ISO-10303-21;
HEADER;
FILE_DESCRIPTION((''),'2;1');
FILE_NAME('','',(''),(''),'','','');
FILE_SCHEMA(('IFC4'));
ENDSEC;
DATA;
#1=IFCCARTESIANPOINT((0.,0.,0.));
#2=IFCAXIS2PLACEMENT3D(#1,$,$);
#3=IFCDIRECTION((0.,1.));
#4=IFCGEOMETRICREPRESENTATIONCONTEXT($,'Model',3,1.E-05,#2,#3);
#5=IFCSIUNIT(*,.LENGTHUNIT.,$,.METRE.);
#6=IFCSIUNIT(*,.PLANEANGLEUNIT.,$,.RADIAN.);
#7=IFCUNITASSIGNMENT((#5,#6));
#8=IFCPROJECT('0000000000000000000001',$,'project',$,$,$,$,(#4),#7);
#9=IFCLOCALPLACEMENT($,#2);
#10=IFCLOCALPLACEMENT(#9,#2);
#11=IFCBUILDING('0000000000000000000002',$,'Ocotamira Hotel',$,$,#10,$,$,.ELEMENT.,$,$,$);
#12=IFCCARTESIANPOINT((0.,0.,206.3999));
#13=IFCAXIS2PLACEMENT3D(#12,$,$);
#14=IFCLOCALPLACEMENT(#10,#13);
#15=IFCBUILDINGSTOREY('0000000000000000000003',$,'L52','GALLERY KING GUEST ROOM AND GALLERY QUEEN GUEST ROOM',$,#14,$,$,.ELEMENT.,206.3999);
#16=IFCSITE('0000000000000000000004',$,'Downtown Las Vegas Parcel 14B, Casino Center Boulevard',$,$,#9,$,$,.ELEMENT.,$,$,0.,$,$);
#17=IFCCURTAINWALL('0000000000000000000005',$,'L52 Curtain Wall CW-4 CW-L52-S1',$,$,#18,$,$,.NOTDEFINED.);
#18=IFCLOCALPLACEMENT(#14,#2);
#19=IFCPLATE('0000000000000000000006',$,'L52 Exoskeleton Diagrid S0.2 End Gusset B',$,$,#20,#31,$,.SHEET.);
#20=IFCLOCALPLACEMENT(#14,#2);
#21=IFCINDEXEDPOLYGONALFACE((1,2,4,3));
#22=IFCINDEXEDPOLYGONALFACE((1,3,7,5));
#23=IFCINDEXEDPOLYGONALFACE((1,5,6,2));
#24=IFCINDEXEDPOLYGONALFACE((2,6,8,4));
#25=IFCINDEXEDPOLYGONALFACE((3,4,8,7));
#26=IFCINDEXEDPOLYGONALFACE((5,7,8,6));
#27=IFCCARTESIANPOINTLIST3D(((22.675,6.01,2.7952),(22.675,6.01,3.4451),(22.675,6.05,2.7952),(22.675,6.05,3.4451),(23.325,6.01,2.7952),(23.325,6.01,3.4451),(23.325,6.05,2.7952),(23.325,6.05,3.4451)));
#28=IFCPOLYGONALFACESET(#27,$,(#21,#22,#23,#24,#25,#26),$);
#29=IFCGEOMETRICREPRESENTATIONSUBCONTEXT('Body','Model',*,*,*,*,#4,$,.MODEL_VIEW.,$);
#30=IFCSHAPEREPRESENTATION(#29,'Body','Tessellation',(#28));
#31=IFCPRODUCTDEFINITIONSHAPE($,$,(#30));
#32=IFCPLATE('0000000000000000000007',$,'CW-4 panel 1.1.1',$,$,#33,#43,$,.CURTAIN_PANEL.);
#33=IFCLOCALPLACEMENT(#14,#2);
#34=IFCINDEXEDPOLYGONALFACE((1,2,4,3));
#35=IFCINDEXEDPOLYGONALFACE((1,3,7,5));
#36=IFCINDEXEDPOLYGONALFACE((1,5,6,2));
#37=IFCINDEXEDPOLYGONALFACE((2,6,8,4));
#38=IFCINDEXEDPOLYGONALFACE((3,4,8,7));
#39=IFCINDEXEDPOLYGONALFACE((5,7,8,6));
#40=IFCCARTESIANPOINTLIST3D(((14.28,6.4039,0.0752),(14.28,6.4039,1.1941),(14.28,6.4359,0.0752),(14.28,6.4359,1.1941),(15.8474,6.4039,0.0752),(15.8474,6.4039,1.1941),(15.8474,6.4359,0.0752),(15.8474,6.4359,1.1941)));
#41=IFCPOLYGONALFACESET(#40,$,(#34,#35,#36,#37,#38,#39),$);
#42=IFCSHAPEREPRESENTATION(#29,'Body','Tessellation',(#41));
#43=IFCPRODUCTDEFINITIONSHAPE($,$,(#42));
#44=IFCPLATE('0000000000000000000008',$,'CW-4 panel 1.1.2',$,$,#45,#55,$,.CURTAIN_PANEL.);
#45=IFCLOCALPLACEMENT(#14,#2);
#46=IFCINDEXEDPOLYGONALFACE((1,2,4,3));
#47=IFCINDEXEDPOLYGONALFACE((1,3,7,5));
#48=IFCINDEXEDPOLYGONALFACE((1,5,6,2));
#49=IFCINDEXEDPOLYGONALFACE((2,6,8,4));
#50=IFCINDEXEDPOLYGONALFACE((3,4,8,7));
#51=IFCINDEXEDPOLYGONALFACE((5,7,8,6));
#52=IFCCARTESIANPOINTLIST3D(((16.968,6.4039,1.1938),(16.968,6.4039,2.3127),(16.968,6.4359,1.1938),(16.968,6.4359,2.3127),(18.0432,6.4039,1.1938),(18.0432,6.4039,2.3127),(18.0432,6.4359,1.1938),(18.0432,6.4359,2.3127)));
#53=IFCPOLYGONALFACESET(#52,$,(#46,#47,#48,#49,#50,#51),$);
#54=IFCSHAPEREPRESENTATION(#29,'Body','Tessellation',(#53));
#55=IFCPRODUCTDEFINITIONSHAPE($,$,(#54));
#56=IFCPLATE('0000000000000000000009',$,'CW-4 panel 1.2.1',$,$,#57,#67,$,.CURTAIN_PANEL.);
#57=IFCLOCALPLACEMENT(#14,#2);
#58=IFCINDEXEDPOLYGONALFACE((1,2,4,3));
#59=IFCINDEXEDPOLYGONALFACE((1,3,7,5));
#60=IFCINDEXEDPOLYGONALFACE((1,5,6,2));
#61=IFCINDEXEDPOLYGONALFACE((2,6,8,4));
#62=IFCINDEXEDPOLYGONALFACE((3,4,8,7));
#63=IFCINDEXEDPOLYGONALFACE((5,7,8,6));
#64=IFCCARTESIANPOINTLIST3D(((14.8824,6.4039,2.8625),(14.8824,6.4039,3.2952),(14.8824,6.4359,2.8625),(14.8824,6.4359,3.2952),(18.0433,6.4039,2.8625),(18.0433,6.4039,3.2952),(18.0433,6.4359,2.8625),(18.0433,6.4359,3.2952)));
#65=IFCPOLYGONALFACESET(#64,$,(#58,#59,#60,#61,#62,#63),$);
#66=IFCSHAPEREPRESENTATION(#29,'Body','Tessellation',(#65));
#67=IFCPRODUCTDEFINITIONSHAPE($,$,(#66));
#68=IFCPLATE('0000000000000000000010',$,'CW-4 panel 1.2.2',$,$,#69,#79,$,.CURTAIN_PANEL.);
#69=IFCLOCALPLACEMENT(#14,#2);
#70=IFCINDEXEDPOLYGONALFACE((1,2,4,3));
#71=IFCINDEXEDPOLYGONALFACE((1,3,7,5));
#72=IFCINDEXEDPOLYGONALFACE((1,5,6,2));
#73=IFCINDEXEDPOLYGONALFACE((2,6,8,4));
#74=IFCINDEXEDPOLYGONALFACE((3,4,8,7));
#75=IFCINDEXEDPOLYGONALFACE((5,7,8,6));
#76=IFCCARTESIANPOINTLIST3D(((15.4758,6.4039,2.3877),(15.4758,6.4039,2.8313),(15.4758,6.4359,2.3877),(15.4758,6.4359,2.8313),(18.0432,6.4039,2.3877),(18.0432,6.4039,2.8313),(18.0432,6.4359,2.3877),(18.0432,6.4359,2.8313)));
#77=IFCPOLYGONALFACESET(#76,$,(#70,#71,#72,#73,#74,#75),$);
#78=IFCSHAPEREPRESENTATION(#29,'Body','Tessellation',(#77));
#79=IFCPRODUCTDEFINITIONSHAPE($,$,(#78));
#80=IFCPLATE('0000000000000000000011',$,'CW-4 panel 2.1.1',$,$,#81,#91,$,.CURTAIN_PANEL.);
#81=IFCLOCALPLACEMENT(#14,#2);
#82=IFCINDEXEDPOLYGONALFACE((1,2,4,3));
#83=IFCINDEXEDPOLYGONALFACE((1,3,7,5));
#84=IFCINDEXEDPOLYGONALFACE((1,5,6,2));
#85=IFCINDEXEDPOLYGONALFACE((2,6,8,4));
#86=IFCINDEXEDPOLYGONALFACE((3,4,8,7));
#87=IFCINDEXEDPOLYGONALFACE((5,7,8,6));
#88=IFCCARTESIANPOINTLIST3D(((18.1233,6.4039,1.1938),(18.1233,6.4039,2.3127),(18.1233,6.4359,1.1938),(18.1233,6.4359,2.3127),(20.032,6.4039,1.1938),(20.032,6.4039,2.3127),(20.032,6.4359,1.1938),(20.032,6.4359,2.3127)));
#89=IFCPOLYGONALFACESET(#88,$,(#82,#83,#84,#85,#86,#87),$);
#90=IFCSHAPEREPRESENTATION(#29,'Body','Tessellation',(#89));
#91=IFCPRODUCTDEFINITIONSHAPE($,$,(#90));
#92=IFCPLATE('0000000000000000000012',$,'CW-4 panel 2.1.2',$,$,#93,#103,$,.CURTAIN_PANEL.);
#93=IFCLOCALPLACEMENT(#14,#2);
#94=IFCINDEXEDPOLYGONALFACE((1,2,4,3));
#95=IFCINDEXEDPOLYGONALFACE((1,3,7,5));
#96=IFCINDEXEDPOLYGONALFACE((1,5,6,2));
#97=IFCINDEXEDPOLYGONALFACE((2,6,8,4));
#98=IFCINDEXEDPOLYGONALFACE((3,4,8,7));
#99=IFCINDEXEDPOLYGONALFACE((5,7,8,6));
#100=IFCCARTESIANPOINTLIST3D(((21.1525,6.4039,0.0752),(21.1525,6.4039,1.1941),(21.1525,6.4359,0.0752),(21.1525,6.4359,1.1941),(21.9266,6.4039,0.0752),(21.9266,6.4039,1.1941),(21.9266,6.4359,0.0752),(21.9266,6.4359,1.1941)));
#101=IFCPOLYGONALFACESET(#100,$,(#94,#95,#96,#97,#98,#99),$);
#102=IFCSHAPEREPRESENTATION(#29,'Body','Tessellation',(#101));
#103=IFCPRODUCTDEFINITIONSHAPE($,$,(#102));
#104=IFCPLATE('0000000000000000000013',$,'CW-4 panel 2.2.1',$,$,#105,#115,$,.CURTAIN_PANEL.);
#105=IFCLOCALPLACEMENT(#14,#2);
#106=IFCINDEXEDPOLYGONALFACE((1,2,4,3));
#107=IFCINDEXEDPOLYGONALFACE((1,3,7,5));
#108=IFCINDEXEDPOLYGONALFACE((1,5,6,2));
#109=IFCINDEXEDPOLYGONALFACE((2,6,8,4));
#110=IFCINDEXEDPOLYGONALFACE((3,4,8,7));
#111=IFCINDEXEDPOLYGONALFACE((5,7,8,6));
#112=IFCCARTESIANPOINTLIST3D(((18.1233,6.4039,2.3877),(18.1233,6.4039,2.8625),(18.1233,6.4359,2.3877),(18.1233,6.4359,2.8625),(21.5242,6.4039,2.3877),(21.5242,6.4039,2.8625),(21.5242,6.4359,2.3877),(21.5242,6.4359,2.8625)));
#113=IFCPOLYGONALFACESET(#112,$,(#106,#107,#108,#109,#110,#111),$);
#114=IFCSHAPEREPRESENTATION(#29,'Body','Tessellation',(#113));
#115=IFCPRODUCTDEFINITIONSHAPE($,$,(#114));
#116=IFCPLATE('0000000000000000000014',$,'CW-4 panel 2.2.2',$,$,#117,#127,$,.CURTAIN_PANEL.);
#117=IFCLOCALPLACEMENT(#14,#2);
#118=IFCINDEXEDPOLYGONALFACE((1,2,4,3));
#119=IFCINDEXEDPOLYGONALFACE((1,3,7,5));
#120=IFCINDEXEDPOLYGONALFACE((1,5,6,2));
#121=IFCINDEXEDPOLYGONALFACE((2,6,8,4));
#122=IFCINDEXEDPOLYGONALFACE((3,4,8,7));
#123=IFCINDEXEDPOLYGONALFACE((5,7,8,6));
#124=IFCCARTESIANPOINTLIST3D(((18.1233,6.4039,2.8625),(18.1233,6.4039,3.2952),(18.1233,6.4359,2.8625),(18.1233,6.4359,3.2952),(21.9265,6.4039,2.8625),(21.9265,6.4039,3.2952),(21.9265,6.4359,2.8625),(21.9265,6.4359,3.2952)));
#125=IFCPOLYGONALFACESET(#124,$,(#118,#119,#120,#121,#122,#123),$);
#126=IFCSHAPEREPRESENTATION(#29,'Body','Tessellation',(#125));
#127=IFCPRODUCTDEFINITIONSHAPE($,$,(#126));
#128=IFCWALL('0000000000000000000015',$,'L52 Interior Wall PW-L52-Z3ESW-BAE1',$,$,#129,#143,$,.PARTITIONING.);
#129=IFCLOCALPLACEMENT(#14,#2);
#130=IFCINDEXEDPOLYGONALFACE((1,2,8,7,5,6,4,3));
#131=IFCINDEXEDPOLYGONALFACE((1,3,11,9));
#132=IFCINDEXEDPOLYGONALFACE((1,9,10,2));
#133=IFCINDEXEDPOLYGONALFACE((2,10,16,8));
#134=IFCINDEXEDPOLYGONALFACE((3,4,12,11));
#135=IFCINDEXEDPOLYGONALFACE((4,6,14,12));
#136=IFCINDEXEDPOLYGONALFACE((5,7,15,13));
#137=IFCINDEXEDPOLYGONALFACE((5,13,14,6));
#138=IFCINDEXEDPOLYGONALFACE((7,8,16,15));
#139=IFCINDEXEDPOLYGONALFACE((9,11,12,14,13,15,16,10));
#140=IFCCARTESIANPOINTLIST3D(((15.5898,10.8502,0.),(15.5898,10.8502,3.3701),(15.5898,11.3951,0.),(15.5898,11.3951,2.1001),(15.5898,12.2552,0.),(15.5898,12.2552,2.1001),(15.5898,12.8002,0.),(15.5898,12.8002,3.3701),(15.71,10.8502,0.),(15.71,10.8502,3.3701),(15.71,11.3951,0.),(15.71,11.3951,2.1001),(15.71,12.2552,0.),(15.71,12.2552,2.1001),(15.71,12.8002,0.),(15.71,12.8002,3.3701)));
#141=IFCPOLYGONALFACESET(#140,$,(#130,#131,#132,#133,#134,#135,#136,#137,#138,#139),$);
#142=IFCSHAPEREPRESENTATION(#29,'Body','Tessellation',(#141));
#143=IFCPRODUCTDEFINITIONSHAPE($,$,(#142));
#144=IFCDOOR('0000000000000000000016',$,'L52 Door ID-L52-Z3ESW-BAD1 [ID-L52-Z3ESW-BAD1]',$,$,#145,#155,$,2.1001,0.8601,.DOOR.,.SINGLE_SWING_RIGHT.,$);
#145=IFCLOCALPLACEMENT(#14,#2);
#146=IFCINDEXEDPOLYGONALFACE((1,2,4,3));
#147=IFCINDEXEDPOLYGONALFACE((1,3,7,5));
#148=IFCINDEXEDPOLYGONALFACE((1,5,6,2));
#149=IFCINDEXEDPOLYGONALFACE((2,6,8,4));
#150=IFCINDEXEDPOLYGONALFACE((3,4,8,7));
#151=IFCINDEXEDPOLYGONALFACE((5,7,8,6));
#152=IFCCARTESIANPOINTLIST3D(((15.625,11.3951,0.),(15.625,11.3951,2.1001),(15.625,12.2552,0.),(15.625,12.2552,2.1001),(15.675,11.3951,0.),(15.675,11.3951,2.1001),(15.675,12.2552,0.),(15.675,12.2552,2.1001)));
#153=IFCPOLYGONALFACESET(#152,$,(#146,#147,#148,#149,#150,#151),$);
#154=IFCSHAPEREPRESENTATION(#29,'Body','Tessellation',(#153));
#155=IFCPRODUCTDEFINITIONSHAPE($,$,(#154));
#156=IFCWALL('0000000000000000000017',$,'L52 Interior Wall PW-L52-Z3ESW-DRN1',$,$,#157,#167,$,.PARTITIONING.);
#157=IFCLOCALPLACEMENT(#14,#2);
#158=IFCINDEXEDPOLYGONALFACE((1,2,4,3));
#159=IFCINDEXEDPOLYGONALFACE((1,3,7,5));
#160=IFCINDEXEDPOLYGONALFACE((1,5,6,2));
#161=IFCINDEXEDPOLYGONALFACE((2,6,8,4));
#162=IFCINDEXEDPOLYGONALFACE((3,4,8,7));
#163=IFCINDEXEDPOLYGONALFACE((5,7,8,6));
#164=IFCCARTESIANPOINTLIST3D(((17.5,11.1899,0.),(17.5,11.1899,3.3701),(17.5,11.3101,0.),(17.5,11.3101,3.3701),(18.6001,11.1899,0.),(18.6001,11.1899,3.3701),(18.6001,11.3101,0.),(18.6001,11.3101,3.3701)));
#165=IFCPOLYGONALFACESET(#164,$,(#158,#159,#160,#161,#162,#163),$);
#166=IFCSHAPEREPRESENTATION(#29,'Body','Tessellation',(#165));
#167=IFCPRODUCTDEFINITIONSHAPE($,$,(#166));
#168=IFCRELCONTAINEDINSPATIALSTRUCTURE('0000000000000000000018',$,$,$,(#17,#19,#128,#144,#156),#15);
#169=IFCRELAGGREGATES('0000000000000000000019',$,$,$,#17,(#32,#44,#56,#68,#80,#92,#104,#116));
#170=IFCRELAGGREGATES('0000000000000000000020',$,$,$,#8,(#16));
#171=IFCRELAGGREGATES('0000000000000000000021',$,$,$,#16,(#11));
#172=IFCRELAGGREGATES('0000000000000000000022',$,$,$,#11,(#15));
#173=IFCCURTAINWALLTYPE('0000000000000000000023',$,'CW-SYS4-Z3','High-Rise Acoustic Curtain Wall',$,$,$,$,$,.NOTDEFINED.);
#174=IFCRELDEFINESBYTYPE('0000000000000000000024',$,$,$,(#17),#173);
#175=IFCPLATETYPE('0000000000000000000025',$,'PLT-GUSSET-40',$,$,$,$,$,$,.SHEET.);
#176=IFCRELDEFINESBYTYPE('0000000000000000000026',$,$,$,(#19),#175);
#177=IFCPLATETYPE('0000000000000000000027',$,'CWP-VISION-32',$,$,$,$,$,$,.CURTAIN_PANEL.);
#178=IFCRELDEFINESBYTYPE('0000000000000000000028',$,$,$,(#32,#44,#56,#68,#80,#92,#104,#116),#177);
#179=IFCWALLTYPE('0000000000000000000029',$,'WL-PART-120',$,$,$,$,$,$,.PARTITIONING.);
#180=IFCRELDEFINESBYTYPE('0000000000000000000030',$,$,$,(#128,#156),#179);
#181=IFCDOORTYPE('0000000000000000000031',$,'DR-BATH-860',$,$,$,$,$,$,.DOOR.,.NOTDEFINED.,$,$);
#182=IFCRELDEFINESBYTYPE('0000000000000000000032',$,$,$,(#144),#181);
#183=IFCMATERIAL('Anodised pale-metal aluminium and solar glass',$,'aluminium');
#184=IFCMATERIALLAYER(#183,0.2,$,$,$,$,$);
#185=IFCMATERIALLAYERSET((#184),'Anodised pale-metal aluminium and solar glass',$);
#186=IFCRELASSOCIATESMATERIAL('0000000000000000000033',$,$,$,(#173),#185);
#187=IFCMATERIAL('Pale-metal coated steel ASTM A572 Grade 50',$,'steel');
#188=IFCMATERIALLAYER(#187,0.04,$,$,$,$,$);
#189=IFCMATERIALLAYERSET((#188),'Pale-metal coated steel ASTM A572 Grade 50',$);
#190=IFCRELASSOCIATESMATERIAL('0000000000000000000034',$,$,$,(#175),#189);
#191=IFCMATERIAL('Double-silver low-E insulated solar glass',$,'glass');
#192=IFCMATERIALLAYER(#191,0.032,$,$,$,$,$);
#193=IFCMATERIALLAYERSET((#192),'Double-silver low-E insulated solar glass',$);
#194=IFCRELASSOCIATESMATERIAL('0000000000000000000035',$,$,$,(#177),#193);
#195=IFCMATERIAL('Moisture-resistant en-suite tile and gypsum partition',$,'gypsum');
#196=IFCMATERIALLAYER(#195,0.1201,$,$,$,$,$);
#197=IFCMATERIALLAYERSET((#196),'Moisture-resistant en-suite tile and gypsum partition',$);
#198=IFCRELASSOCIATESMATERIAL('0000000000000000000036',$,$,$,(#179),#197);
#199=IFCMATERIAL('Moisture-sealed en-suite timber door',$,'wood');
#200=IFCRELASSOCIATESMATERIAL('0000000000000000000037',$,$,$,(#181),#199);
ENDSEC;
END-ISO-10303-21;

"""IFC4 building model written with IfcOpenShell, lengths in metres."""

from ifc_helpers import new_model, si_unit, direction, frame, frame_2d, origin, origin_2d, place, context, subcontext, project, spatial, rectangle, extrude, source, transform, mapped, material, layer, layer_set, type_object, element, fill, aggregate, save


model = new_model("IFC4")

# Units and contexts
model_context = context("Model", 3, precision=1e-05, world=origin(), true_north=direction((0.0, 1.0)))
body_context = subcontext(model_context, "Body", "Model", "MODEL_VIEW")
ifc_project = project(units=[si_unit("LENGTHUNIT", "METRE"), si_unit("PLANEANGLEUNIT", "RADIAN")], contexts=[model_context])

# Site, building, storey
site_placement = place(None, origin())
site = spatial("IfcSite", under=ifc_project, at=site_placement, Name="Downtown Las Vegas Parcel 14B, Casino Center Boulevard", CompositionType="ELEMENT", RefElevation=0.0)
building_placement = place(site_placement, origin())
building = spatial("IfcBuilding", under=site, at=building_placement, Name="Ocotamira Hotel", CompositionType="ELEMENT")
storey_placement = place(building_placement, frame((0.0, 0.0, 206.3999)))
storey = spatial("IfcBuildingStorey", under=building, at=storey_placement, Name="L52", Description="GALLERY KING GUEST ROOM AND GALLERY QUEEN GUEST ROOM", CompositionType="ELEMENT", Elevation=206.3999)

# Curtain wall
ifc_material_1 = material(Name="Anodised pale-metal aluminium and solar glass", Category="aluminium")
ifc_layer_1 = layer(ifc_material_1, 0.2)
ifc_layer_set_1 = layer_set([ifc_layer_1], Name="Anodised pale-metal aluminium and solar glass")
curtain_wall_type = type_object("IfcCurtainWallType", Name="CW-SYS4-Z3", Description="High-Rise Acoustic Curtain Wall", PredefinedType="NOTDEFINED", material=ifc_layer_set_1)
curtain_wall_placement = place(storey_placement, origin())
curtain_wall = element("IfcCurtainWall", 1, at=curtain_wall_placement, inside=storey, type_object=curtain_wall_type, Name="L52 Curtain Wall CW-4 CW-L52-S1", PredefinedType="NOTDEFINED")

# Plates
ifc_material_2 = material(Name="Pale-metal coated steel ASTM A572 Grade 50", Category="steel")
ifc_layer_2 = layer(ifc_material_2, 0.04)
ifc_layer_set_2 = layer_set([ifc_layer_2], Name="Pale-metal coated steel ASTM A572 Grade 50")
plate_type_1 = type_object("IfcPlateType", Name="PLT-GUSSET-40", PredefinedType="SHEET", material=ifc_layer_set_2)
shared_shape_1 = source(origin(), body_context, "Body", "SweptSolid", [
    extrude(rectangle(XDim=0.6499, YDim=0.04, at=origin_2d()), origin(), (0.0, 0.0, 1.0), 0.6499),
])
plate_1_placement = place(storey_placement, frame((23.0, 6.03, 2.7952), z_axis=(0.0, 0.0, 1.0), x_axis=(1.0, 0.0, 0.0)))
element("IfcPlate", 2, at=plate_1_placement, inside=storey, type_object=plate_type_1, Name="L52 Exoskeleton Diagrid S0.2 End Gusset B", PredefinedType="SHEET", context=body_context, shape_type="MappedRepresentation", body=[
    mapped(shared_shape_1, transform((0.0, 0.0, 0.0), scale=1.0)),
])
ifc_material_3 = material(Name="Double-silver low-E insulated solar glass", Category="glass")
ifc_layer_3 = layer(ifc_material_3, 0.032)
ifc_layer_set_3 = layer_set([ifc_layer_3], Name="Double-silver low-E insulated solar glass")
plate_type_2 = type_object("IfcPlateType", Name="CWP-VISION-32", PredefinedType="CURTAIN_PANEL", material=ifc_layer_set_3)
shared_shape_2 = source(origin(), body_context, "Body", "SweptSolid", [
    extrude(rectangle(XDim=1.5674, YDim=0.032, at=origin_2d()), origin(), (0.0, 0.0, 1.0), 1.1189),
])
plate_2_placement = place(storey_placement, frame((15.0637, 6.4199, 0.0752), z_axis=(0.0, 0.0, 1.0), x_axis=(1.0, 0.0, 0.0)))
plate_2 = element("IfcPlate", 3, at=plate_2_placement, type_object=plate_type_2, Name="CW-4 panel 1.1.1", PredefinedType="CURTAIN_PANEL", context=body_context, shape_type="MappedRepresentation", body=[
    mapped(shared_shape_2, transform((0.0, 0.0, 0.0), scale=1.0)),
])
shared_shape_3 = source(origin(), body_context, "Body", "SweptSolid", [
    extrude(rectangle(XDim=1.0752, YDim=0.032, at=origin_2d()), origin(), (0.0, 0.0, 1.0), 1.1189),
])
plate_3_placement = place(storey_placement, frame((17.5056, 6.4199, 1.1938), z_axis=(0.0, 0.0, 1.0), x_axis=(1.0, 0.0, 0.0)))
plate_3 = element("IfcPlate", 4, at=plate_3_placement, type_object=plate_type_2, Name="CW-4 panel 1.1.2", PredefinedType="CURTAIN_PANEL", context=body_context, shape_type="MappedRepresentation", body=[
    mapped(shared_shape_3, transform((0.0, 0.0, 0.0), scale=1.0)),
])
shared_shape_4 = source(origin(), body_context, "Body", "SweptSolid", [
    extrude(rectangle(XDim=3.1609, YDim=0.032, at=origin_2d()), origin(), (0.0, 0.0, 1.0), 0.4326),
])
plate_4_placement = place(storey_placement, frame((16.4629, 6.4199, 2.8625), z_axis=(0.0, 0.0, 1.0), x_axis=(1.0, 0.0, 0.0)))
plate_4 = element("IfcPlate", 5, at=plate_4_placement, type_object=plate_type_2, Name="CW-4 panel 1.2.1", PredefinedType="CURTAIN_PANEL", context=body_context, shape_type="MappedRepresentation", body=[
    mapped(shared_shape_4, transform((0.0, 0.0, 0.0), scale=1.0)),
])
shared_shape_5 = source(origin(), body_context, "Body", "SweptSolid", [
    extrude(rectangle(XDim=2.5674, YDim=0.032, at=origin_2d()), origin(), (0.0, 0.0, 1.0), 0.4436),
])
plate_5_placement = place(storey_placement, frame((16.7595, 6.4199, 2.3877), z_axis=(0.0, 0.0, 1.0), x_axis=(1.0, 0.0, 0.0)))
plate_5 = element("IfcPlate", 6, at=plate_5_placement, type_object=plate_type_2, Name="CW-4 panel 1.2.2", PredefinedType="CURTAIN_PANEL", context=body_context, shape_type="MappedRepresentation", body=[
    mapped(shared_shape_5, transform((0.0, 0.0, 0.0), scale=1.0)),
])
shared_shape_6 = source(origin(), body_context, "Body", "SweptSolid", [
    extrude(rectangle(XDim=1.9087, YDim=0.032, at=origin_2d()), origin(), (0.0, 0.0, 1.0), 1.1189),
])
plate_6_placement = place(storey_placement, frame((19.0776, 6.4199, 1.1938), z_axis=(0.0, 0.0, 1.0), x_axis=(1.0, 0.0, 0.0)))
plate_6 = element("IfcPlate", 7, at=plate_6_placement, type_object=plate_type_2, Name="CW-4 panel 2.1.1", PredefinedType="CURTAIN_PANEL", context=body_context, shape_type="MappedRepresentation", body=[
    mapped(shared_shape_6, transform((0.0, 0.0, 0.0), scale=1.0)),
])
shared_shape_7 = source(origin(), body_context, "Body", "SweptSolid", [
    extrude(rectangle(XDim=0.7742, YDim=0.032, at=origin_2d()), origin(), (0.0, 0.0, 1.0), 1.1189),
])
plate_7_placement = place(storey_placement, frame((21.5396, 6.4199, 0.0752), z_axis=(0.0, 0.0, 1.0), x_axis=(1.0, 0.0, 0.0)))
plate_7 = element("IfcPlate", 8, at=plate_7_placement, type_object=plate_type_2, Name="CW-4 panel 2.1.2", PredefinedType="CURTAIN_PANEL", context=body_context, shape_type="MappedRepresentation", body=[
    mapped(shared_shape_7, transform((0.0, 0.0, 0.0), scale=1.0)),
])
shared_shape_8 = source(origin(), body_context, "Body", "SweptSolid", [
    extrude(rectangle(XDim=3.4009, YDim=0.032, at=origin_2d()), origin(), (0.0, 0.0, 1.0), 0.4749),
])
plate_8_placement = place(storey_placement, frame((19.8237, 6.4199, 2.3877), z_axis=(0.0, 0.0, 1.0), x_axis=(1.0, 0.0, 0.0)))
plate_8 = element("IfcPlate", 9, at=plate_8_placement, type_object=plate_type_2, Name="CW-4 panel 2.2.1", PredefinedType="CURTAIN_PANEL", context=body_context, shape_type="MappedRepresentation", body=[
    mapped(shared_shape_8, transform((0.0, 0.0, 0.0), scale=1.0)),
])
shared_shape_9 = source(origin(), body_context, "Body", "SweptSolid", [
    extrude(rectangle(XDim=3.8032, YDim=0.032, at=origin_2d()), origin(), (0.0, 0.0, 1.0), 0.4326),
])
plate_9_placement = place(storey_placement, frame((20.0249, 6.4199, 2.8625), z_axis=(0.0, 0.0, 1.0), x_axis=(1.0, 0.0, 0.0)))
plate_9 = element("IfcPlate", 10, at=plate_9_placement, type_object=plate_type_2, Name="CW-4 panel 2.2.2", PredefinedType="CURTAIN_PANEL", context=body_context, shape_type="MappedRepresentation", body=[
    mapped(shared_shape_9, transform((0.0, 0.0, 0.0), scale=1.0)),
])
aggregate(curtain_wall, [plate_2, plate_3, plate_4, plate_5, plate_6, plate_7, plate_8, plate_9])

# Wall, opening, door
ifc_material_4 = material(Name="Moisture-resistant en-suite tile and gypsum partition", Category="gypsum")
ifc_layer_4 = layer(ifc_material_4, 0.1201)
ifc_layer_set_4 = layer_set([ifc_layer_4], Name="Moisture-resistant en-suite tile and gypsum partition")
wall_type_1 = type_object("IfcWallType", Name="WL-PART-120", PredefinedType="PARTITIONING", material=ifc_layer_set_4)
wall_1_placement = place(storey_placement, frame((15.6499, 10.8501, 0.0), z_axis=(0.0, 0.0, 1.0), x_axis=(0.0, 1.0, 0.0)))
wall_1 = element("IfcWall", 11, at=wall_1_placement, inside=storey, type_object=wall_type_1, Name="L52 Interior Wall PW-L52-Z3ESW-BAE1", PredefinedType="PARTITIONING", context=body_context, shape_type="SweptSolid", body=[
    extrude(rectangle(XDim=1.95, YDim=0.1201, at=frame_2d((0.9751, 0.0))), origin(), (0.0, 0.0, 1.0), 3.3701),
])
opening_1_placement = place(wall_1_placement, frame((0.5449, 0.0, 0.0)))
opening_1 = element("IfcOpeningElement", 12, at=opening_1_placement, cuts=wall_1, PredefinedType="OPENING", context=body_context, shape_type="SweptSolid", body=[
    extrude(rectangle(XDim=0.8601, YDim=2.1001, at=frame_2d((0.4302, 1.05))), frame((0.0, 0.0701, 0.0), z_axis=(0.0, -1.0, 0.0), x_axis=(1.0, 0.0, 0.0)), (0.0, 0.0, 1.0), 0.1401),
])
ifc_material_5 = material(Name="Moisture-sealed en-suite timber door", Category="wood")
door_type = type_object("IfcDoorType", Name="DR-BATH-860", OperationType="NOTDEFINED", PredefinedType="DOOR", material=ifc_material_5)
shared_shape_10 = source(origin(), body_context, "Body", "SweptSolid", [
    extrude(rectangle(XDim=0.8601, YDim=2.1001, at=frame_2d((0.4302, 1.05))), frame((0.0, 0.0249, 0.0), z_axis=(0.0, -1.0, 0.0), x_axis=(1.0, 0.0, 0.0)), (0.0, 0.0, 1.0), 0.05),
])
door_1_placement = place(opening_1_placement, origin())
door_1 = element("IfcDoor", 13, at=door_1_placement, inside=storey, type_object=door_type, Name="L52 Door ID-L52-Z3ESW-BAD1 [ID-L52-Z3ESW-BAD1]", OperationType="SINGLE_SWING_RIGHT", OverallHeight=2.1001, OverallWidth=0.8601, PredefinedType="DOOR", context=body_context, shape_type="MappedRepresentation", body=[
    mapped(shared_shape_10, transform((0.0, 0.0, 0.0), scale=1.0)),
])
fill(opening_1, door_1)

# Wall
wall_2_placement = place(storey_placement, frame((17.5, 11.25, 0.0), z_axis=(0.0, 0.0, 1.0), x_axis=(1.0, 0.0, 0.0)))
element("IfcWall", 14, at=wall_2_placement, inside=storey, type_object=wall_type_1, Name="L52 Interior Wall PW-L52-Z3ESW-DRN1", PredefinedType="PARTITIONING", context=body_context, shape_type="SweptSolid", body=[
    extrude(rectangle(XDim=1.1001, YDim=0.1201, at=frame_2d((0.55, 0.0))), origin(), (0.0, 0.0, 1.0), 3.3701),
])

save(model, "model.ifc")
